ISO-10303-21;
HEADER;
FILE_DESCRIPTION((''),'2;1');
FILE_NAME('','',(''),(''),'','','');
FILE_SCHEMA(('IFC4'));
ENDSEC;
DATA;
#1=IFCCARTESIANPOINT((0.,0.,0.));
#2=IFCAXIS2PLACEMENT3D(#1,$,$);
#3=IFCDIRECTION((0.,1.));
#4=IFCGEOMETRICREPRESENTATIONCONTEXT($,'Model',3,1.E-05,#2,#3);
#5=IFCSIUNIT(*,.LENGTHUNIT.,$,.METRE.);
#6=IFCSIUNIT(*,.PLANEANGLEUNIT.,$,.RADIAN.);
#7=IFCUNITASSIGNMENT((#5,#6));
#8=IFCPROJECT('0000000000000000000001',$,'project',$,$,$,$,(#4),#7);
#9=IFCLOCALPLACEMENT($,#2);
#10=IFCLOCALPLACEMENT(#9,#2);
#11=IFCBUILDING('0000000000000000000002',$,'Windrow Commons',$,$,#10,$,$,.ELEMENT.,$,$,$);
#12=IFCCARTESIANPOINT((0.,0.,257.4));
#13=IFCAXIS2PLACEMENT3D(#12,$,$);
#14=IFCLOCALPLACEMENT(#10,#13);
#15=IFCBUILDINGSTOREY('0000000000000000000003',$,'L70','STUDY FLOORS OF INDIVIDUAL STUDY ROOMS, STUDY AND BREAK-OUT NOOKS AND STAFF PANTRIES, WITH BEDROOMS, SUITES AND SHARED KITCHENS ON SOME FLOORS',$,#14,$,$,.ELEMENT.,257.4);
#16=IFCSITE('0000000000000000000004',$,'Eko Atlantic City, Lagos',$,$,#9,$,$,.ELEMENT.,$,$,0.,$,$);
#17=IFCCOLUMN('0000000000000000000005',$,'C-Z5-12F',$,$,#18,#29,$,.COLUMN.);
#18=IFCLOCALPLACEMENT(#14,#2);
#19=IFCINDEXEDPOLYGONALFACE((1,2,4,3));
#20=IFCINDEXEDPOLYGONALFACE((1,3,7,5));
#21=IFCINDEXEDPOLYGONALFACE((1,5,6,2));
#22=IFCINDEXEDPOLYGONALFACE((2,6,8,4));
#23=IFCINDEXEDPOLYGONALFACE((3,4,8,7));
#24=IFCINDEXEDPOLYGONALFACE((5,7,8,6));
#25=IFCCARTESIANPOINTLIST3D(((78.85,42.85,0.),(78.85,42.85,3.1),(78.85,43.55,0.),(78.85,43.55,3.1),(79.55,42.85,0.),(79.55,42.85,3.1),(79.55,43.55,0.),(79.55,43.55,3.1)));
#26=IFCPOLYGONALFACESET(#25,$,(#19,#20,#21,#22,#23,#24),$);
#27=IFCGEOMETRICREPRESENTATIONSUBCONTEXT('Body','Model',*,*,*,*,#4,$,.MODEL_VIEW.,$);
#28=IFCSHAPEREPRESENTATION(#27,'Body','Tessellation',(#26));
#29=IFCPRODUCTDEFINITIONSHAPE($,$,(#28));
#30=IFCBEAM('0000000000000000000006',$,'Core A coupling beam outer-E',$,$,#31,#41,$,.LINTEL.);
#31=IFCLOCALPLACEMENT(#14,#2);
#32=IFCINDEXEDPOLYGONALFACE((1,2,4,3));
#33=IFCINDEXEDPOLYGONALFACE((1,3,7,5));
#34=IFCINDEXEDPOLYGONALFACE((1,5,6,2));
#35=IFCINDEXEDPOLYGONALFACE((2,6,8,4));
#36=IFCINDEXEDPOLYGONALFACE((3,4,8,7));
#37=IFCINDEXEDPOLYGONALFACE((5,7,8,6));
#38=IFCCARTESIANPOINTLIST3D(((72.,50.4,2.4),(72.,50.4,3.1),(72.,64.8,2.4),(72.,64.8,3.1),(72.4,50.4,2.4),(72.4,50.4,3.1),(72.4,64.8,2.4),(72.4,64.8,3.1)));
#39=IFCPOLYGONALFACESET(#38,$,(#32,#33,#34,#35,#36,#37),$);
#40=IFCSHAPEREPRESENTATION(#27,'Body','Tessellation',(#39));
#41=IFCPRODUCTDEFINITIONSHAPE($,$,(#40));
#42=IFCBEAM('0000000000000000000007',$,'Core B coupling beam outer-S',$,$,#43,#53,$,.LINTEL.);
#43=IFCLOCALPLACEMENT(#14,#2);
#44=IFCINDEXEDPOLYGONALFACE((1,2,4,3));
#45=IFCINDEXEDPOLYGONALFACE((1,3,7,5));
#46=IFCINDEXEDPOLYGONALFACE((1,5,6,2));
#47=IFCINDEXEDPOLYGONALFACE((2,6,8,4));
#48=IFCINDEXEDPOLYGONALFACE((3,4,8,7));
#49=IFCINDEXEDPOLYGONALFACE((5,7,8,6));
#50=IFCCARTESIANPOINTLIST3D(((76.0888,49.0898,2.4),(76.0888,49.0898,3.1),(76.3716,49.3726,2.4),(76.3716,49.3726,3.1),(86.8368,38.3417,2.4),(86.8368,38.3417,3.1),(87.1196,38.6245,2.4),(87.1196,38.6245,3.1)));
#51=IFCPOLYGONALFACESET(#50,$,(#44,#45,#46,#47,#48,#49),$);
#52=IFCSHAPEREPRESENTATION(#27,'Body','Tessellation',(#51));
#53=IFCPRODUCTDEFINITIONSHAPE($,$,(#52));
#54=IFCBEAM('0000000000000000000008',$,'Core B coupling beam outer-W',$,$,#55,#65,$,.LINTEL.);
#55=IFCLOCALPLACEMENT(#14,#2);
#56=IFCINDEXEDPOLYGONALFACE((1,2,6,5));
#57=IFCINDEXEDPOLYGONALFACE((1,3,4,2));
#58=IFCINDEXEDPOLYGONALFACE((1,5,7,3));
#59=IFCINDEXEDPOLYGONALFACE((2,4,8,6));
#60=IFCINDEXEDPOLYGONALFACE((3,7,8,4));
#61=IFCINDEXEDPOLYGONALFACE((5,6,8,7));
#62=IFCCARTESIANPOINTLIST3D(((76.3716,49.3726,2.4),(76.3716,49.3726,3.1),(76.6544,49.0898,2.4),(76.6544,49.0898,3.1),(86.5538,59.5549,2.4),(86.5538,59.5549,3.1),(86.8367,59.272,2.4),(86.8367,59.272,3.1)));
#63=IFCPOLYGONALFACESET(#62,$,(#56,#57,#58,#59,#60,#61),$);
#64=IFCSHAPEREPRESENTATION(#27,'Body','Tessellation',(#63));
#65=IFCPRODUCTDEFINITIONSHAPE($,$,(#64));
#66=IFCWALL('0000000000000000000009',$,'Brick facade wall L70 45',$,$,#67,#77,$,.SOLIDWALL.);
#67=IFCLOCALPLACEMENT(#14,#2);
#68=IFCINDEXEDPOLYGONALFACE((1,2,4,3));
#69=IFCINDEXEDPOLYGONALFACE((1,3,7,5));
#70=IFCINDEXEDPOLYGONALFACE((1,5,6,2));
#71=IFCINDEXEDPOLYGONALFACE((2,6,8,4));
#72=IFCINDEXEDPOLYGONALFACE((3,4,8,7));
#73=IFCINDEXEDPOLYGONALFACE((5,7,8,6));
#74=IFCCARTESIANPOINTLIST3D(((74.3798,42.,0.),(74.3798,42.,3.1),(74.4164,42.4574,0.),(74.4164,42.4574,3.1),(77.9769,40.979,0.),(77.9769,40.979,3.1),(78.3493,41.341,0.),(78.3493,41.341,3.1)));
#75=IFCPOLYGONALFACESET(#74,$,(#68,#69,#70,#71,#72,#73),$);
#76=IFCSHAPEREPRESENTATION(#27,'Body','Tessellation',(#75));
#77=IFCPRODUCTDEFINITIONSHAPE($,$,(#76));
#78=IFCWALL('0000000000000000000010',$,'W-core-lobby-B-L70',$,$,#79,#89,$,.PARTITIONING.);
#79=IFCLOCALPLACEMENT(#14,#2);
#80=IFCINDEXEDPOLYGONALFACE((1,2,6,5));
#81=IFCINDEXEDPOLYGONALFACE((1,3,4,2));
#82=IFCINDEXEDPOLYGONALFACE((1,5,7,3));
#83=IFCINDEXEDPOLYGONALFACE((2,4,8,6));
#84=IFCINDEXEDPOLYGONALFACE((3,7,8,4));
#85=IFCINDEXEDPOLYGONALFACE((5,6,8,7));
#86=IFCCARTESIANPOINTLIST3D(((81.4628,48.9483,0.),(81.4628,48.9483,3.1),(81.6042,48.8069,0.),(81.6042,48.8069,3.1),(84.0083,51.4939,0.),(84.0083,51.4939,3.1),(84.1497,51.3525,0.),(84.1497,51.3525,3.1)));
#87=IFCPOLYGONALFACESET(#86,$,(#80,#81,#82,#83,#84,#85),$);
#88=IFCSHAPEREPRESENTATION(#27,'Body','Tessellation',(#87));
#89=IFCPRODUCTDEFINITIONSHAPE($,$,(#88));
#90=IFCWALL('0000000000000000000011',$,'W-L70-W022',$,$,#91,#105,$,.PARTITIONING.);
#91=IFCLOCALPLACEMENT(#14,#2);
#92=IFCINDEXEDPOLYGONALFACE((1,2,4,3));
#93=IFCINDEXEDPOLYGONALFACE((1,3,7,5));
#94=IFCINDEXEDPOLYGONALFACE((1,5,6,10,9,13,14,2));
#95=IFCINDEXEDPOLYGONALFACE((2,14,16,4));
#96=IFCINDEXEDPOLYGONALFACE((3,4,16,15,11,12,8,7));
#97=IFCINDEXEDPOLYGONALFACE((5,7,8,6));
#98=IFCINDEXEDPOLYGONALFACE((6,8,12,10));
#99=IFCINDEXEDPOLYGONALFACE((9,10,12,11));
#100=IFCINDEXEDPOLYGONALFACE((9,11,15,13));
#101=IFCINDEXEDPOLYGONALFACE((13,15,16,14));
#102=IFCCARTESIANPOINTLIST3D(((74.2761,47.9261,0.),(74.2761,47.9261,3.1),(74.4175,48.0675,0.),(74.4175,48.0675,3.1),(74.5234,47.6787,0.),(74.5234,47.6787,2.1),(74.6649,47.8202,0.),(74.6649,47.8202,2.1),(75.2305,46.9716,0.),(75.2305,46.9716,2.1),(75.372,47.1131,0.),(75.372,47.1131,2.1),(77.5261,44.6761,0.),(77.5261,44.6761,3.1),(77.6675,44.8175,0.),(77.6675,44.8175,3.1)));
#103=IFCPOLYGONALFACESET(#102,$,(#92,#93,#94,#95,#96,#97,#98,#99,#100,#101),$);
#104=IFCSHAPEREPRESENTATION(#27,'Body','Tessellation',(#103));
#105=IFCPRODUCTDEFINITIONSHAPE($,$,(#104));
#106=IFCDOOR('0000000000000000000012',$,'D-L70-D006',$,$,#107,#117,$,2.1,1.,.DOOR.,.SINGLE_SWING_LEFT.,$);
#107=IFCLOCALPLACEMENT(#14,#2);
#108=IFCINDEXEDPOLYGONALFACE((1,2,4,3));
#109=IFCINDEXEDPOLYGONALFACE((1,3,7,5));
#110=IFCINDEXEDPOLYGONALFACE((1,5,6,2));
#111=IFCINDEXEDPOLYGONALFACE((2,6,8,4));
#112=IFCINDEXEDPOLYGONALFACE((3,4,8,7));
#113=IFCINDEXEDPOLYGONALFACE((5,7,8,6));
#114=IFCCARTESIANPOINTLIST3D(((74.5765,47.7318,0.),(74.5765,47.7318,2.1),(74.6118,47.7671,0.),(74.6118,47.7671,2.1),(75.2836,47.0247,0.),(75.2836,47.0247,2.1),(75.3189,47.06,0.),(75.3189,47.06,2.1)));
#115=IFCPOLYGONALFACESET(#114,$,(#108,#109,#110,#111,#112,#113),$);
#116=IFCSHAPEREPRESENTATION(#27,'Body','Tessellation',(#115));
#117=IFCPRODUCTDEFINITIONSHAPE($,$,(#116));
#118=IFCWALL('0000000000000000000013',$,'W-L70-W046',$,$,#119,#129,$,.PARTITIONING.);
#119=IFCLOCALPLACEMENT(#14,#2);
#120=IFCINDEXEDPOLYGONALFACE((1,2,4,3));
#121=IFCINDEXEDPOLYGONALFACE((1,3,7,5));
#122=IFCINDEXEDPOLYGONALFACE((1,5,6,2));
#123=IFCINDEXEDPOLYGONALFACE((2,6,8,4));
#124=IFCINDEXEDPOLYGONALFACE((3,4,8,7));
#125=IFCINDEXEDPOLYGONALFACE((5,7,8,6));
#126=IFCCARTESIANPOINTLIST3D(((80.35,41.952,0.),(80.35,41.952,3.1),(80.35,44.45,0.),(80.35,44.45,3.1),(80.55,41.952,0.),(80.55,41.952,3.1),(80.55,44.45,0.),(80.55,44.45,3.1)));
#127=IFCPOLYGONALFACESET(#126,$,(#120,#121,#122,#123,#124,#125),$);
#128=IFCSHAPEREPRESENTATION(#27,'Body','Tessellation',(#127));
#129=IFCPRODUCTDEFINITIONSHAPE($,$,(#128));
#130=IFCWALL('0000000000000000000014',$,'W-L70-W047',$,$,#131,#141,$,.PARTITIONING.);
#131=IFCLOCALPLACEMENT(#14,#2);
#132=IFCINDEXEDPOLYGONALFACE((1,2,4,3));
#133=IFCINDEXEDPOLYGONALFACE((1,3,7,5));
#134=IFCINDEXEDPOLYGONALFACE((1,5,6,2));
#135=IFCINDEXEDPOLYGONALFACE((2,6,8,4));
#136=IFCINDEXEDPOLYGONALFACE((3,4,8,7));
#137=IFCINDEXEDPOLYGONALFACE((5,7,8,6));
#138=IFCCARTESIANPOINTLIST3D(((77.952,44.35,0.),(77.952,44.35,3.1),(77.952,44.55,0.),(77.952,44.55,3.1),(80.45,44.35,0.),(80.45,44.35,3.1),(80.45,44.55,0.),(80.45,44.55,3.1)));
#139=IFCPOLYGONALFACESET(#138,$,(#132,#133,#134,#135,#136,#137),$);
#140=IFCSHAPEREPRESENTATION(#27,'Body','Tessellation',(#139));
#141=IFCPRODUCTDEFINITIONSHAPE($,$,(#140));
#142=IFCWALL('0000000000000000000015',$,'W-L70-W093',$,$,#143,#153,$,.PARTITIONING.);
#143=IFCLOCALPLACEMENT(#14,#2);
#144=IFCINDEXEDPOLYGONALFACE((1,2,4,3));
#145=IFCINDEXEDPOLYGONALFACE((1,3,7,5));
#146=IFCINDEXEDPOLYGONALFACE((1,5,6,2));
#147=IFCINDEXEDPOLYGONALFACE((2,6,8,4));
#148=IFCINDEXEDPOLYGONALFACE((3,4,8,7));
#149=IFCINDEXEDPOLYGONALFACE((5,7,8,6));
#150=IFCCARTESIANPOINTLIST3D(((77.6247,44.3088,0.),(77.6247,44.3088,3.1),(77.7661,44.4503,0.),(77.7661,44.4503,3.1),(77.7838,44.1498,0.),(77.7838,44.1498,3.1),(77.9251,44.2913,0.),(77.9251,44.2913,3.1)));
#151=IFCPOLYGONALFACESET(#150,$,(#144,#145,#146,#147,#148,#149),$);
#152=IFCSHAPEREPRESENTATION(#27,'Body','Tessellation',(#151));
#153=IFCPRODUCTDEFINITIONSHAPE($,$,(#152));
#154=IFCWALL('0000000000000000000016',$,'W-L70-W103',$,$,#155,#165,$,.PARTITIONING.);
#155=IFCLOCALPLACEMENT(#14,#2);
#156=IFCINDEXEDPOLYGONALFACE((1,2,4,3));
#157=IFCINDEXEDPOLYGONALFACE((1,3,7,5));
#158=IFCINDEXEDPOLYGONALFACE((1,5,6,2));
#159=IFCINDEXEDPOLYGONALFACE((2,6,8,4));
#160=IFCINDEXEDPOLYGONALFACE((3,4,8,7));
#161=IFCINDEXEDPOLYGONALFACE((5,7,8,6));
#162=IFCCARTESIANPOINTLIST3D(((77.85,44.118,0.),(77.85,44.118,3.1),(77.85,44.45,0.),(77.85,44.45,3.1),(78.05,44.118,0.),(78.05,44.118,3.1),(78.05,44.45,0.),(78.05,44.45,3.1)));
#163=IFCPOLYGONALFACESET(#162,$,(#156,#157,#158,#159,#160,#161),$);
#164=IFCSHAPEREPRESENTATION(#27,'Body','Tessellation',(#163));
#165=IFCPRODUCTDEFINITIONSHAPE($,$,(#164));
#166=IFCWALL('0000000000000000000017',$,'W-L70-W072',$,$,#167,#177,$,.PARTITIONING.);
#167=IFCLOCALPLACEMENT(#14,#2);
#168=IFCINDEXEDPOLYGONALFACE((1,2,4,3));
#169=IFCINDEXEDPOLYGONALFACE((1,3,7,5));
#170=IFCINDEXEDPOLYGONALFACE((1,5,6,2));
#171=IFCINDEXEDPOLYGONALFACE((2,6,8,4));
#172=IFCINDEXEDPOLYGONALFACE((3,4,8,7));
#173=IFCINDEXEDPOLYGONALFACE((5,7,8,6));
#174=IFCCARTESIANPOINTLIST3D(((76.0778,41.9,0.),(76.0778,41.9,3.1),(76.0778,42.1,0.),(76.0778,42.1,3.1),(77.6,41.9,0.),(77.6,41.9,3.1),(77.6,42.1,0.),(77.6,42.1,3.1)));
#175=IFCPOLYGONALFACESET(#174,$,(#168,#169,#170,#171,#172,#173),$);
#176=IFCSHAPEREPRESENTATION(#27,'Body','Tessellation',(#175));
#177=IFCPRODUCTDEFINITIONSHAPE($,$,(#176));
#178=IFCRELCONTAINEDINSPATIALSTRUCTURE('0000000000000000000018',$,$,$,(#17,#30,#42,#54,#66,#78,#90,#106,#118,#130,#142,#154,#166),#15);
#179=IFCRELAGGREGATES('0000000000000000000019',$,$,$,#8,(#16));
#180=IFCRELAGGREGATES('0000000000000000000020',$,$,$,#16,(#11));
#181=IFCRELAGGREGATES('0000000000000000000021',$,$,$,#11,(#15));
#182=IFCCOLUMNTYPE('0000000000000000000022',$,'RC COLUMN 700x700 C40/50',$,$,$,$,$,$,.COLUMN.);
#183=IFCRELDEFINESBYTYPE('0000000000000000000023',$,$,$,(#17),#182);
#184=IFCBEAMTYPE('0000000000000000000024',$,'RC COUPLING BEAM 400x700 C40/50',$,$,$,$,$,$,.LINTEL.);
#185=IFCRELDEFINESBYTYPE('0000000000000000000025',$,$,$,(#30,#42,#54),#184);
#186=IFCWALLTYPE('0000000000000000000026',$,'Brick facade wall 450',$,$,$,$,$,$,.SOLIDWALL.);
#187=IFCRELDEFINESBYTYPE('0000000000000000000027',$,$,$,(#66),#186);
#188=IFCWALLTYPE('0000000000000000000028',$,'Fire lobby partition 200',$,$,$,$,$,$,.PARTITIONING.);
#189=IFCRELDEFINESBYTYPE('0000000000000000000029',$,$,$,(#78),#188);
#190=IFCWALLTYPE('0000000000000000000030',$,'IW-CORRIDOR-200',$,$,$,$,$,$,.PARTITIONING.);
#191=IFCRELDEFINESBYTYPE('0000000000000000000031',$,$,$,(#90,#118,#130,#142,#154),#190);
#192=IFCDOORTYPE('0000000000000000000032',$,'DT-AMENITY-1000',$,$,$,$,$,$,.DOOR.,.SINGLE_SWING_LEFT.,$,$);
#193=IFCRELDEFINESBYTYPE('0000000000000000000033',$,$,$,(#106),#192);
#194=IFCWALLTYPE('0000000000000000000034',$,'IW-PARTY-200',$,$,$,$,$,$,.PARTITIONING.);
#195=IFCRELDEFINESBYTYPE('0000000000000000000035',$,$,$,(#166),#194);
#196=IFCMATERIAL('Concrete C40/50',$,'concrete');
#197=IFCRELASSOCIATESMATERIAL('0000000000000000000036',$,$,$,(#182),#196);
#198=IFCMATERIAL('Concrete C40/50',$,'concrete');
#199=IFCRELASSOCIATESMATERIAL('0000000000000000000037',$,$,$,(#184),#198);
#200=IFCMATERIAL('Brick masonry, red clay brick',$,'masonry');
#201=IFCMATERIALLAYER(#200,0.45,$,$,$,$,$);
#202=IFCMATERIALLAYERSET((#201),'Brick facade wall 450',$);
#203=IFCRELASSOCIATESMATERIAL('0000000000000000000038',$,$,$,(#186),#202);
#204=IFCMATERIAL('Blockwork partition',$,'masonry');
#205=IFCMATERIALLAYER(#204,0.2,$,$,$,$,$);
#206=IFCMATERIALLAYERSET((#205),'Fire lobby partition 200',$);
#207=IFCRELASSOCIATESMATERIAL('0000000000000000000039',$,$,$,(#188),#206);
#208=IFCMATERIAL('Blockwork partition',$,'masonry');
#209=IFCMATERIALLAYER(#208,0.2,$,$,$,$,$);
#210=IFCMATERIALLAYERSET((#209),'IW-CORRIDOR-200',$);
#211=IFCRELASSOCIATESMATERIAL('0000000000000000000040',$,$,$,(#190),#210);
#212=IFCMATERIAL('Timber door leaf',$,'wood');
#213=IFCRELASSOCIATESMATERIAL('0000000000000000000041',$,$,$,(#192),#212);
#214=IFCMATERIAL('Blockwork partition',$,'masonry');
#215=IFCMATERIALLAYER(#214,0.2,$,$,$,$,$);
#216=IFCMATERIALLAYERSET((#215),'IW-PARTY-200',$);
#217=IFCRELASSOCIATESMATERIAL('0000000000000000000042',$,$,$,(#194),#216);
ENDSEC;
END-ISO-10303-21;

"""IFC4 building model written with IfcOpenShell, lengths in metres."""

from ifc_helpers import new_model, si_unit, direction, frame, frame_2d, origin, origin_2d, place, context, subcontext, project, spatial, polyline, rectangle, outline, extrude, material, layer, layer_set, material_profile, profile_set, type_object, element, fill, save


model = new_model("IFC4")

# Units and contexts
model_context = context("Model", 3, precision=1e-05, world=origin(), true_north=direction((0.0, 1.0)))
body_context = subcontext(model_context, "Body", "Model", "MODEL_VIEW")
ifc_project = project(units=[si_unit("LENGTHUNIT", "METRE"), si_unit("PLANEANGLEUNIT", "RADIAN")], contexts=[model_context])

# Site, building, storey
site_placement = place(None, origin())
site = spatial("IfcSite", under=ifc_project, at=site_placement, Name="Eko Atlantic City, Lagos", CompositionType="ELEMENT", RefElevation=0.0)
building_placement = place(site_placement, origin())
building = spatial("IfcBuilding", under=site, at=building_placement, Name="Windrow Commons", CompositionType="ELEMENT")
storey_placement = place(building_placement, frame((0.0, 0.0, 257.4)))
storey = spatial("IfcBuildingStorey", under=building, at=storey_placement, Name="L70", Description="STUDY FLOORS OF INDIVIDUAL STUDY ROOMS, STUDY AND BREAK-OUT NOOKS AND STAFF PANTRIES, WITH BEDROOMS, SUITES AND SHARED KITCHENS ON SOME FLOORS", CompositionType="ELEMENT", Elevation=257.4)

# Column
ifc_material_1 = material(Name="Concrete C40/50", Category="concrete")
ifc_material_profile_1 = material_profile(ifc_material_1, rectangle(XDim=0.7, YDim=0.7, at=origin_2d()))
ifc_profile_set_1 = profile_set([ifc_material_profile_1], Name="Concrete C40/50")
column_type = type_object("IfcColumnType", Name="RC COLUMN 700x700 C40/50", PredefinedType="COLUMN", material=ifc_profile_set_1)
column_placement = place(storey_placement, frame((79.2, 43.2, 0.0), z_axis=(0.0, 0.0, 1.0), x_axis=(1.0, 0.0, 0.0)))
element("IfcColumn", 1, at=column_placement, inside=storey, type_object=column_type, Name="C-Z5-12F", PredefinedType="COLUMN", context=body_context, shape_type="SweptSolid", body=[
    extrude(rectangle(XDim=0.7, YDim=0.7, at=origin_2d()), origin(), (0.0, 0.0, 1.0), 3.1),
])

# Beams
ifc_material_2 = material(Name="Concrete C40/50", Category="concrete")
ifc_material_profile_2 = material_profile(ifc_material_2, rectangle(XDim=0.4, YDim=0.7, at=origin_2d()))
ifc_profile_set_2 = profile_set([ifc_material_profile_2], Name="Concrete C40/50")
beam_type = type_object("IfcBeamType", Name="RC COUPLING BEAM 400x700 C40/50", PredefinedType="LINTEL", material=ifc_profile_set_2)
beam_1_placement = place(storey_placement, frame((72.2, 50.4, 2.75), z_axis=(0.0, 1.0, 0.0), x_axis=(-1.0, 0.0, 0.0)))
element("IfcBeam", 2, at=beam_1_placement, inside=storey, type_object=beam_type, Name="Core A coupling beam outer-E", PredefinedType="LINTEL", context=body_context, shape_type="SweptSolid", body=[
    extrude(rectangle(XDim=0.4, YDim=0.7, at=origin_2d()), origin(), (0.0, 0.0, 1.0), 14.4),
])
beam_2_placement = place(storey_placement, frame((76.2302, 49.2312, 2.75), z_axis=(0.707103, -0.70711, 0.0), x_axis=(0.70711, 0.707103, 0.0)))
element("IfcBeam", 3, at=beam_2_placement, inside=storey, type_object=beam_type, Name="Core B coupling beam outer-S", PredefinedType="LINTEL", context=body_context, shape_type="SweptSolid", body=[
    extrude(rectangle(XDim=0.4, YDim=0.7, at=origin_2d()), origin(), (0.0, 0.0, 1.0), 15.2),
])
beam_3_placement = place(storey_placement, frame((76.513, 49.2312, 2.75), z_axis=(0.707107, 0.707107, 0.0), x_axis=(-0.707107, 0.707107, 0.0)))
element("IfcBeam", 4, at=beam_3_placement, inside=storey, type_object=beam_type, Name="Core B coupling beam outer-W", PredefinedType="LINTEL", context=body_context, shape_type="SweptSolid", body=[
    extrude(rectangle(XDim=0.4, YDim=0.7, at=origin_2d()), origin(), (0.0, 0.0, 1.0), 14.3999),
])

# Walls
ifc_material_3 = material(Name="Brick masonry, red clay brick", Category="masonry")
ifc_layer_1 = layer(ifc_material_3, 0.45)
ifc_layer_set_1 = layer_set([ifc_layer_1], Name="Brick facade wall 450")
wall_type_1 = type_object("IfcWallType", Name="Brick facade wall 450", PredefinedType="SOLIDWALL", material=ifc_layer_set_1)
wall_1_placement = place(storey_placement, frame((74.3981, 42.2287, 0.0), z_axis=(0.0, 0.0, 1.0), x_axis=(0.961996, -0.273064, 0.0)))
element("IfcWall", 5, at=wall_1_placement, inside=storey, type_object=wall_type_1, Name="Brick facade wall L70 45", PredefinedType="SOLIDWALL", context=body_context, shape_type="SweptSolid", body=[
    extrude(outline(polyline([(0.0448, -0.225), (3.784, -0.225), (4.0434, 0.225), (-0.0448, 0.225), (0.0448, -0.225)])), origin(), (0.0, 0.0, 1.0), 3.1),
])
ifc_material_4 = material(Name="Blockwork partition", Category="masonry")
ifc_layer_2 = layer(ifc_material_4, 0.2)
ifc_layer_set_2 = layer_set([ifc_layer_2], Name="Fire lobby partition 200")
wall_type_2 = type_object("IfcWallType", Name="Fire lobby partition 200", PredefinedType="PARTITIONING", material=ifc_layer_set_2)
wall_2_placement = place(storey_placement, frame((81.5335, 48.8776, 0.0), z_axis=(0.0, 0.0, 1.0), x_axis=(0.707093, 0.707121, 0.0)))
element("IfcWall", 6, at=wall_2_placement, inside=storey, type_object=wall_type_2, Name="W-core-lobby-B-L70", PredefinedType="PARTITIONING", context=body_context, shape_type="SweptSolid", body=[
    extrude(rectangle(XDim=3.6, YDim=0.2, at=frame_2d((1.8, 0.0))), origin(), (0.0, 0.0, 1.0), 3.1),
])

# Wall, opening, door
ifc_material_5 = material(Name="Blockwork partition", Category="masonry")
ifc_layer_3 = layer(ifc_material_5, 0.2)
ifc_layer_set_3 = layer_set([ifc_layer_3], Name="IW-CORRIDOR-200")
wall_type_3 = type_object("IfcWallType", Name="IW-CORRIDOR-200", PredefinedType="PARTITIONING", material=ifc_layer_set_3)
wall_3_placement = place(storey_placement, frame((74.3468, 47.9968, 0.0), z_axis=(0.0, 0.0, 1.0), x_axis=(0.707107, -0.707107, 0.0)))
wall_3 = element("IfcWall", 7, at=wall_3_placement, inside=storey, type_object=wall_type_3, Name="W-L70-W022", PredefinedType="PARTITIONING", context=body_context, shape_type="SweptSolid", body=[
    extrude(rectangle(XDim=4.5962, YDim=0.2, at=frame_2d((2.2981, 0.0))), origin(), (0.0, 0.0, 1.0), 3.1),
])
opening_1_placement = place(wall_3_placement, frame((0.3498, 0.0, 0.0)))
opening_1 = element("IfcOpeningElement", 8, at=opening_1_placement, cuts=wall_3, PredefinedType="OPENING", context=body_context, shape_type="SweptSolid", body=[
    extrude(rectangle(XDim=1.0, YDim=2.1, at=frame_2d((0.5, 1.05))), frame((0.0, 0.11, 0.0), z_axis=(0.0, -1.0, 0.0), x_axis=(1.0, 0.0, 0.0)), (0.0, 0.0, 1.0), 0.22),
])
ifc_material_6 = material(Name="Timber door leaf", Category="wood")
door_type_1 = type_object("IfcDoorType", Name="DT-AMENITY-1000", OperationType="SINGLE_SWING_LEFT", PredefinedType="DOOR", material=ifc_material_6)
door_1_placement = place(opening_1_placement, origin())
door_1 = element("IfcDoor", 9, at=door_1_placement, inside=storey, type_object=door_type_1, Name="D-L70-D006", OperationType="SINGLE_SWING_LEFT", OverallHeight=2.1, OverallWidth=1.0, PredefinedType="DOOR", context=body_context, shape_type="SweptSolid", body=[
    extrude(rectangle(XDim=1.0, YDim=2.1, at=frame_2d((0.5, 1.05))), frame((0.0, 0.025, 0.0), z_axis=(0.0, -1.0, 0.0), x_axis=(1.0, 0.0, 0.0)), (0.0, 0.0, 1.0), 0.05),
])
fill(opening_1, door_1)

# Walls
for number, where, z_axis, x_axis, name in (
    (10, (80.45, 41.952, 0.0), (0.0, 0.0, 1.0), (0.0, 1.0, 0.0), "W-L70-W046"),
    (11, (77.952, 44.45, 0.0), (0.0, 0.0, 1.0), (1.0, 0.0, 0.0), "W-L70-W047"),
):
    element("IfcWall", number, at=place(storey_placement, frame(where, z_axis=z_axis, x_axis=x_axis)), inside=storey, type_object=wall_type_3, Name=name, PredefinedType="PARTITIONING", context=body_context, shape_type="SweptSolid", body=[
        extrude(rectangle(XDim=2.498, YDim=0.2, at=frame_2d((1.249, 0.0))), origin(), (0.0, 0.0, 1.0), 3.1),
    ])
wall_4_placement = place(storey_placement, frame((77.6954, 44.3795, 0.0), z_axis=(0.0, 0.0, 1.0), x_axis=(0.707329, -0.706884, 0.0)))
element("IfcWall", 12, at=wall_4_placement, inside=storey, type_object=wall_type_3, Name="W-L70-W093", PredefinedType="PARTITIONING", context=body_context, shape_type="SweptSolid", body=[
    extrude(rectangle(XDim=0.2249, YDim=0.2, at=frame_2d((0.1124, 0.0))), origin(), (0.0, 0.0, 1.0), 3.1),
])
wall_5_placement = place(storey_placement, frame((77.95, 44.118, 0.0), z_axis=(0.0, 0.0, 1.0), x_axis=(0.0, 1.0, 0.0)))
element("IfcWall", 13, at=wall_5_placement, inside=storey, type_object=wall_type_3, Name="W-L70-W103", PredefinedType="PARTITIONING", context=body_context, shape_type="SweptSolid", body=[
    extrude(rectangle(XDim=0.332, YDim=0.2, at=frame_2d((0.166, 0.0))), origin(), (0.0, 0.0, 1.0), 3.1),
])
ifc_material_7 = material(Name="Blockwork partition", Category="masonry")
ifc_layer_4 = layer(ifc_material_7, 0.2)
ifc_layer_set_4 = layer_set([ifc_layer_4], Name="IW-PARTY-200")
wall_type_4 = type_object("IfcWallType", Name="IW-PARTY-200", PredefinedType="PARTITIONING", material=ifc_layer_set_4)
wall_6_placement = place(storey_placement, frame((76.0778, 42.0, 0.0), z_axis=(0.0, 0.0, 1.0), x_axis=(1.0, 0.0, 0.0)))
element("IfcWall", 14, at=wall_6_placement, inside=storey, type_object=wall_type_4, Name="W-L70-W072", PredefinedType="PARTITIONING", context=body_context, shape_type="SweptSolid", body=[
    extrude(rectangle(XDim=1.5222, YDim=0.2, at=frame_2d((0.7611, 0.0))), origin(), (0.0, 0.0, 1.0), 3.1),
])

save(model, "model.ifc")
